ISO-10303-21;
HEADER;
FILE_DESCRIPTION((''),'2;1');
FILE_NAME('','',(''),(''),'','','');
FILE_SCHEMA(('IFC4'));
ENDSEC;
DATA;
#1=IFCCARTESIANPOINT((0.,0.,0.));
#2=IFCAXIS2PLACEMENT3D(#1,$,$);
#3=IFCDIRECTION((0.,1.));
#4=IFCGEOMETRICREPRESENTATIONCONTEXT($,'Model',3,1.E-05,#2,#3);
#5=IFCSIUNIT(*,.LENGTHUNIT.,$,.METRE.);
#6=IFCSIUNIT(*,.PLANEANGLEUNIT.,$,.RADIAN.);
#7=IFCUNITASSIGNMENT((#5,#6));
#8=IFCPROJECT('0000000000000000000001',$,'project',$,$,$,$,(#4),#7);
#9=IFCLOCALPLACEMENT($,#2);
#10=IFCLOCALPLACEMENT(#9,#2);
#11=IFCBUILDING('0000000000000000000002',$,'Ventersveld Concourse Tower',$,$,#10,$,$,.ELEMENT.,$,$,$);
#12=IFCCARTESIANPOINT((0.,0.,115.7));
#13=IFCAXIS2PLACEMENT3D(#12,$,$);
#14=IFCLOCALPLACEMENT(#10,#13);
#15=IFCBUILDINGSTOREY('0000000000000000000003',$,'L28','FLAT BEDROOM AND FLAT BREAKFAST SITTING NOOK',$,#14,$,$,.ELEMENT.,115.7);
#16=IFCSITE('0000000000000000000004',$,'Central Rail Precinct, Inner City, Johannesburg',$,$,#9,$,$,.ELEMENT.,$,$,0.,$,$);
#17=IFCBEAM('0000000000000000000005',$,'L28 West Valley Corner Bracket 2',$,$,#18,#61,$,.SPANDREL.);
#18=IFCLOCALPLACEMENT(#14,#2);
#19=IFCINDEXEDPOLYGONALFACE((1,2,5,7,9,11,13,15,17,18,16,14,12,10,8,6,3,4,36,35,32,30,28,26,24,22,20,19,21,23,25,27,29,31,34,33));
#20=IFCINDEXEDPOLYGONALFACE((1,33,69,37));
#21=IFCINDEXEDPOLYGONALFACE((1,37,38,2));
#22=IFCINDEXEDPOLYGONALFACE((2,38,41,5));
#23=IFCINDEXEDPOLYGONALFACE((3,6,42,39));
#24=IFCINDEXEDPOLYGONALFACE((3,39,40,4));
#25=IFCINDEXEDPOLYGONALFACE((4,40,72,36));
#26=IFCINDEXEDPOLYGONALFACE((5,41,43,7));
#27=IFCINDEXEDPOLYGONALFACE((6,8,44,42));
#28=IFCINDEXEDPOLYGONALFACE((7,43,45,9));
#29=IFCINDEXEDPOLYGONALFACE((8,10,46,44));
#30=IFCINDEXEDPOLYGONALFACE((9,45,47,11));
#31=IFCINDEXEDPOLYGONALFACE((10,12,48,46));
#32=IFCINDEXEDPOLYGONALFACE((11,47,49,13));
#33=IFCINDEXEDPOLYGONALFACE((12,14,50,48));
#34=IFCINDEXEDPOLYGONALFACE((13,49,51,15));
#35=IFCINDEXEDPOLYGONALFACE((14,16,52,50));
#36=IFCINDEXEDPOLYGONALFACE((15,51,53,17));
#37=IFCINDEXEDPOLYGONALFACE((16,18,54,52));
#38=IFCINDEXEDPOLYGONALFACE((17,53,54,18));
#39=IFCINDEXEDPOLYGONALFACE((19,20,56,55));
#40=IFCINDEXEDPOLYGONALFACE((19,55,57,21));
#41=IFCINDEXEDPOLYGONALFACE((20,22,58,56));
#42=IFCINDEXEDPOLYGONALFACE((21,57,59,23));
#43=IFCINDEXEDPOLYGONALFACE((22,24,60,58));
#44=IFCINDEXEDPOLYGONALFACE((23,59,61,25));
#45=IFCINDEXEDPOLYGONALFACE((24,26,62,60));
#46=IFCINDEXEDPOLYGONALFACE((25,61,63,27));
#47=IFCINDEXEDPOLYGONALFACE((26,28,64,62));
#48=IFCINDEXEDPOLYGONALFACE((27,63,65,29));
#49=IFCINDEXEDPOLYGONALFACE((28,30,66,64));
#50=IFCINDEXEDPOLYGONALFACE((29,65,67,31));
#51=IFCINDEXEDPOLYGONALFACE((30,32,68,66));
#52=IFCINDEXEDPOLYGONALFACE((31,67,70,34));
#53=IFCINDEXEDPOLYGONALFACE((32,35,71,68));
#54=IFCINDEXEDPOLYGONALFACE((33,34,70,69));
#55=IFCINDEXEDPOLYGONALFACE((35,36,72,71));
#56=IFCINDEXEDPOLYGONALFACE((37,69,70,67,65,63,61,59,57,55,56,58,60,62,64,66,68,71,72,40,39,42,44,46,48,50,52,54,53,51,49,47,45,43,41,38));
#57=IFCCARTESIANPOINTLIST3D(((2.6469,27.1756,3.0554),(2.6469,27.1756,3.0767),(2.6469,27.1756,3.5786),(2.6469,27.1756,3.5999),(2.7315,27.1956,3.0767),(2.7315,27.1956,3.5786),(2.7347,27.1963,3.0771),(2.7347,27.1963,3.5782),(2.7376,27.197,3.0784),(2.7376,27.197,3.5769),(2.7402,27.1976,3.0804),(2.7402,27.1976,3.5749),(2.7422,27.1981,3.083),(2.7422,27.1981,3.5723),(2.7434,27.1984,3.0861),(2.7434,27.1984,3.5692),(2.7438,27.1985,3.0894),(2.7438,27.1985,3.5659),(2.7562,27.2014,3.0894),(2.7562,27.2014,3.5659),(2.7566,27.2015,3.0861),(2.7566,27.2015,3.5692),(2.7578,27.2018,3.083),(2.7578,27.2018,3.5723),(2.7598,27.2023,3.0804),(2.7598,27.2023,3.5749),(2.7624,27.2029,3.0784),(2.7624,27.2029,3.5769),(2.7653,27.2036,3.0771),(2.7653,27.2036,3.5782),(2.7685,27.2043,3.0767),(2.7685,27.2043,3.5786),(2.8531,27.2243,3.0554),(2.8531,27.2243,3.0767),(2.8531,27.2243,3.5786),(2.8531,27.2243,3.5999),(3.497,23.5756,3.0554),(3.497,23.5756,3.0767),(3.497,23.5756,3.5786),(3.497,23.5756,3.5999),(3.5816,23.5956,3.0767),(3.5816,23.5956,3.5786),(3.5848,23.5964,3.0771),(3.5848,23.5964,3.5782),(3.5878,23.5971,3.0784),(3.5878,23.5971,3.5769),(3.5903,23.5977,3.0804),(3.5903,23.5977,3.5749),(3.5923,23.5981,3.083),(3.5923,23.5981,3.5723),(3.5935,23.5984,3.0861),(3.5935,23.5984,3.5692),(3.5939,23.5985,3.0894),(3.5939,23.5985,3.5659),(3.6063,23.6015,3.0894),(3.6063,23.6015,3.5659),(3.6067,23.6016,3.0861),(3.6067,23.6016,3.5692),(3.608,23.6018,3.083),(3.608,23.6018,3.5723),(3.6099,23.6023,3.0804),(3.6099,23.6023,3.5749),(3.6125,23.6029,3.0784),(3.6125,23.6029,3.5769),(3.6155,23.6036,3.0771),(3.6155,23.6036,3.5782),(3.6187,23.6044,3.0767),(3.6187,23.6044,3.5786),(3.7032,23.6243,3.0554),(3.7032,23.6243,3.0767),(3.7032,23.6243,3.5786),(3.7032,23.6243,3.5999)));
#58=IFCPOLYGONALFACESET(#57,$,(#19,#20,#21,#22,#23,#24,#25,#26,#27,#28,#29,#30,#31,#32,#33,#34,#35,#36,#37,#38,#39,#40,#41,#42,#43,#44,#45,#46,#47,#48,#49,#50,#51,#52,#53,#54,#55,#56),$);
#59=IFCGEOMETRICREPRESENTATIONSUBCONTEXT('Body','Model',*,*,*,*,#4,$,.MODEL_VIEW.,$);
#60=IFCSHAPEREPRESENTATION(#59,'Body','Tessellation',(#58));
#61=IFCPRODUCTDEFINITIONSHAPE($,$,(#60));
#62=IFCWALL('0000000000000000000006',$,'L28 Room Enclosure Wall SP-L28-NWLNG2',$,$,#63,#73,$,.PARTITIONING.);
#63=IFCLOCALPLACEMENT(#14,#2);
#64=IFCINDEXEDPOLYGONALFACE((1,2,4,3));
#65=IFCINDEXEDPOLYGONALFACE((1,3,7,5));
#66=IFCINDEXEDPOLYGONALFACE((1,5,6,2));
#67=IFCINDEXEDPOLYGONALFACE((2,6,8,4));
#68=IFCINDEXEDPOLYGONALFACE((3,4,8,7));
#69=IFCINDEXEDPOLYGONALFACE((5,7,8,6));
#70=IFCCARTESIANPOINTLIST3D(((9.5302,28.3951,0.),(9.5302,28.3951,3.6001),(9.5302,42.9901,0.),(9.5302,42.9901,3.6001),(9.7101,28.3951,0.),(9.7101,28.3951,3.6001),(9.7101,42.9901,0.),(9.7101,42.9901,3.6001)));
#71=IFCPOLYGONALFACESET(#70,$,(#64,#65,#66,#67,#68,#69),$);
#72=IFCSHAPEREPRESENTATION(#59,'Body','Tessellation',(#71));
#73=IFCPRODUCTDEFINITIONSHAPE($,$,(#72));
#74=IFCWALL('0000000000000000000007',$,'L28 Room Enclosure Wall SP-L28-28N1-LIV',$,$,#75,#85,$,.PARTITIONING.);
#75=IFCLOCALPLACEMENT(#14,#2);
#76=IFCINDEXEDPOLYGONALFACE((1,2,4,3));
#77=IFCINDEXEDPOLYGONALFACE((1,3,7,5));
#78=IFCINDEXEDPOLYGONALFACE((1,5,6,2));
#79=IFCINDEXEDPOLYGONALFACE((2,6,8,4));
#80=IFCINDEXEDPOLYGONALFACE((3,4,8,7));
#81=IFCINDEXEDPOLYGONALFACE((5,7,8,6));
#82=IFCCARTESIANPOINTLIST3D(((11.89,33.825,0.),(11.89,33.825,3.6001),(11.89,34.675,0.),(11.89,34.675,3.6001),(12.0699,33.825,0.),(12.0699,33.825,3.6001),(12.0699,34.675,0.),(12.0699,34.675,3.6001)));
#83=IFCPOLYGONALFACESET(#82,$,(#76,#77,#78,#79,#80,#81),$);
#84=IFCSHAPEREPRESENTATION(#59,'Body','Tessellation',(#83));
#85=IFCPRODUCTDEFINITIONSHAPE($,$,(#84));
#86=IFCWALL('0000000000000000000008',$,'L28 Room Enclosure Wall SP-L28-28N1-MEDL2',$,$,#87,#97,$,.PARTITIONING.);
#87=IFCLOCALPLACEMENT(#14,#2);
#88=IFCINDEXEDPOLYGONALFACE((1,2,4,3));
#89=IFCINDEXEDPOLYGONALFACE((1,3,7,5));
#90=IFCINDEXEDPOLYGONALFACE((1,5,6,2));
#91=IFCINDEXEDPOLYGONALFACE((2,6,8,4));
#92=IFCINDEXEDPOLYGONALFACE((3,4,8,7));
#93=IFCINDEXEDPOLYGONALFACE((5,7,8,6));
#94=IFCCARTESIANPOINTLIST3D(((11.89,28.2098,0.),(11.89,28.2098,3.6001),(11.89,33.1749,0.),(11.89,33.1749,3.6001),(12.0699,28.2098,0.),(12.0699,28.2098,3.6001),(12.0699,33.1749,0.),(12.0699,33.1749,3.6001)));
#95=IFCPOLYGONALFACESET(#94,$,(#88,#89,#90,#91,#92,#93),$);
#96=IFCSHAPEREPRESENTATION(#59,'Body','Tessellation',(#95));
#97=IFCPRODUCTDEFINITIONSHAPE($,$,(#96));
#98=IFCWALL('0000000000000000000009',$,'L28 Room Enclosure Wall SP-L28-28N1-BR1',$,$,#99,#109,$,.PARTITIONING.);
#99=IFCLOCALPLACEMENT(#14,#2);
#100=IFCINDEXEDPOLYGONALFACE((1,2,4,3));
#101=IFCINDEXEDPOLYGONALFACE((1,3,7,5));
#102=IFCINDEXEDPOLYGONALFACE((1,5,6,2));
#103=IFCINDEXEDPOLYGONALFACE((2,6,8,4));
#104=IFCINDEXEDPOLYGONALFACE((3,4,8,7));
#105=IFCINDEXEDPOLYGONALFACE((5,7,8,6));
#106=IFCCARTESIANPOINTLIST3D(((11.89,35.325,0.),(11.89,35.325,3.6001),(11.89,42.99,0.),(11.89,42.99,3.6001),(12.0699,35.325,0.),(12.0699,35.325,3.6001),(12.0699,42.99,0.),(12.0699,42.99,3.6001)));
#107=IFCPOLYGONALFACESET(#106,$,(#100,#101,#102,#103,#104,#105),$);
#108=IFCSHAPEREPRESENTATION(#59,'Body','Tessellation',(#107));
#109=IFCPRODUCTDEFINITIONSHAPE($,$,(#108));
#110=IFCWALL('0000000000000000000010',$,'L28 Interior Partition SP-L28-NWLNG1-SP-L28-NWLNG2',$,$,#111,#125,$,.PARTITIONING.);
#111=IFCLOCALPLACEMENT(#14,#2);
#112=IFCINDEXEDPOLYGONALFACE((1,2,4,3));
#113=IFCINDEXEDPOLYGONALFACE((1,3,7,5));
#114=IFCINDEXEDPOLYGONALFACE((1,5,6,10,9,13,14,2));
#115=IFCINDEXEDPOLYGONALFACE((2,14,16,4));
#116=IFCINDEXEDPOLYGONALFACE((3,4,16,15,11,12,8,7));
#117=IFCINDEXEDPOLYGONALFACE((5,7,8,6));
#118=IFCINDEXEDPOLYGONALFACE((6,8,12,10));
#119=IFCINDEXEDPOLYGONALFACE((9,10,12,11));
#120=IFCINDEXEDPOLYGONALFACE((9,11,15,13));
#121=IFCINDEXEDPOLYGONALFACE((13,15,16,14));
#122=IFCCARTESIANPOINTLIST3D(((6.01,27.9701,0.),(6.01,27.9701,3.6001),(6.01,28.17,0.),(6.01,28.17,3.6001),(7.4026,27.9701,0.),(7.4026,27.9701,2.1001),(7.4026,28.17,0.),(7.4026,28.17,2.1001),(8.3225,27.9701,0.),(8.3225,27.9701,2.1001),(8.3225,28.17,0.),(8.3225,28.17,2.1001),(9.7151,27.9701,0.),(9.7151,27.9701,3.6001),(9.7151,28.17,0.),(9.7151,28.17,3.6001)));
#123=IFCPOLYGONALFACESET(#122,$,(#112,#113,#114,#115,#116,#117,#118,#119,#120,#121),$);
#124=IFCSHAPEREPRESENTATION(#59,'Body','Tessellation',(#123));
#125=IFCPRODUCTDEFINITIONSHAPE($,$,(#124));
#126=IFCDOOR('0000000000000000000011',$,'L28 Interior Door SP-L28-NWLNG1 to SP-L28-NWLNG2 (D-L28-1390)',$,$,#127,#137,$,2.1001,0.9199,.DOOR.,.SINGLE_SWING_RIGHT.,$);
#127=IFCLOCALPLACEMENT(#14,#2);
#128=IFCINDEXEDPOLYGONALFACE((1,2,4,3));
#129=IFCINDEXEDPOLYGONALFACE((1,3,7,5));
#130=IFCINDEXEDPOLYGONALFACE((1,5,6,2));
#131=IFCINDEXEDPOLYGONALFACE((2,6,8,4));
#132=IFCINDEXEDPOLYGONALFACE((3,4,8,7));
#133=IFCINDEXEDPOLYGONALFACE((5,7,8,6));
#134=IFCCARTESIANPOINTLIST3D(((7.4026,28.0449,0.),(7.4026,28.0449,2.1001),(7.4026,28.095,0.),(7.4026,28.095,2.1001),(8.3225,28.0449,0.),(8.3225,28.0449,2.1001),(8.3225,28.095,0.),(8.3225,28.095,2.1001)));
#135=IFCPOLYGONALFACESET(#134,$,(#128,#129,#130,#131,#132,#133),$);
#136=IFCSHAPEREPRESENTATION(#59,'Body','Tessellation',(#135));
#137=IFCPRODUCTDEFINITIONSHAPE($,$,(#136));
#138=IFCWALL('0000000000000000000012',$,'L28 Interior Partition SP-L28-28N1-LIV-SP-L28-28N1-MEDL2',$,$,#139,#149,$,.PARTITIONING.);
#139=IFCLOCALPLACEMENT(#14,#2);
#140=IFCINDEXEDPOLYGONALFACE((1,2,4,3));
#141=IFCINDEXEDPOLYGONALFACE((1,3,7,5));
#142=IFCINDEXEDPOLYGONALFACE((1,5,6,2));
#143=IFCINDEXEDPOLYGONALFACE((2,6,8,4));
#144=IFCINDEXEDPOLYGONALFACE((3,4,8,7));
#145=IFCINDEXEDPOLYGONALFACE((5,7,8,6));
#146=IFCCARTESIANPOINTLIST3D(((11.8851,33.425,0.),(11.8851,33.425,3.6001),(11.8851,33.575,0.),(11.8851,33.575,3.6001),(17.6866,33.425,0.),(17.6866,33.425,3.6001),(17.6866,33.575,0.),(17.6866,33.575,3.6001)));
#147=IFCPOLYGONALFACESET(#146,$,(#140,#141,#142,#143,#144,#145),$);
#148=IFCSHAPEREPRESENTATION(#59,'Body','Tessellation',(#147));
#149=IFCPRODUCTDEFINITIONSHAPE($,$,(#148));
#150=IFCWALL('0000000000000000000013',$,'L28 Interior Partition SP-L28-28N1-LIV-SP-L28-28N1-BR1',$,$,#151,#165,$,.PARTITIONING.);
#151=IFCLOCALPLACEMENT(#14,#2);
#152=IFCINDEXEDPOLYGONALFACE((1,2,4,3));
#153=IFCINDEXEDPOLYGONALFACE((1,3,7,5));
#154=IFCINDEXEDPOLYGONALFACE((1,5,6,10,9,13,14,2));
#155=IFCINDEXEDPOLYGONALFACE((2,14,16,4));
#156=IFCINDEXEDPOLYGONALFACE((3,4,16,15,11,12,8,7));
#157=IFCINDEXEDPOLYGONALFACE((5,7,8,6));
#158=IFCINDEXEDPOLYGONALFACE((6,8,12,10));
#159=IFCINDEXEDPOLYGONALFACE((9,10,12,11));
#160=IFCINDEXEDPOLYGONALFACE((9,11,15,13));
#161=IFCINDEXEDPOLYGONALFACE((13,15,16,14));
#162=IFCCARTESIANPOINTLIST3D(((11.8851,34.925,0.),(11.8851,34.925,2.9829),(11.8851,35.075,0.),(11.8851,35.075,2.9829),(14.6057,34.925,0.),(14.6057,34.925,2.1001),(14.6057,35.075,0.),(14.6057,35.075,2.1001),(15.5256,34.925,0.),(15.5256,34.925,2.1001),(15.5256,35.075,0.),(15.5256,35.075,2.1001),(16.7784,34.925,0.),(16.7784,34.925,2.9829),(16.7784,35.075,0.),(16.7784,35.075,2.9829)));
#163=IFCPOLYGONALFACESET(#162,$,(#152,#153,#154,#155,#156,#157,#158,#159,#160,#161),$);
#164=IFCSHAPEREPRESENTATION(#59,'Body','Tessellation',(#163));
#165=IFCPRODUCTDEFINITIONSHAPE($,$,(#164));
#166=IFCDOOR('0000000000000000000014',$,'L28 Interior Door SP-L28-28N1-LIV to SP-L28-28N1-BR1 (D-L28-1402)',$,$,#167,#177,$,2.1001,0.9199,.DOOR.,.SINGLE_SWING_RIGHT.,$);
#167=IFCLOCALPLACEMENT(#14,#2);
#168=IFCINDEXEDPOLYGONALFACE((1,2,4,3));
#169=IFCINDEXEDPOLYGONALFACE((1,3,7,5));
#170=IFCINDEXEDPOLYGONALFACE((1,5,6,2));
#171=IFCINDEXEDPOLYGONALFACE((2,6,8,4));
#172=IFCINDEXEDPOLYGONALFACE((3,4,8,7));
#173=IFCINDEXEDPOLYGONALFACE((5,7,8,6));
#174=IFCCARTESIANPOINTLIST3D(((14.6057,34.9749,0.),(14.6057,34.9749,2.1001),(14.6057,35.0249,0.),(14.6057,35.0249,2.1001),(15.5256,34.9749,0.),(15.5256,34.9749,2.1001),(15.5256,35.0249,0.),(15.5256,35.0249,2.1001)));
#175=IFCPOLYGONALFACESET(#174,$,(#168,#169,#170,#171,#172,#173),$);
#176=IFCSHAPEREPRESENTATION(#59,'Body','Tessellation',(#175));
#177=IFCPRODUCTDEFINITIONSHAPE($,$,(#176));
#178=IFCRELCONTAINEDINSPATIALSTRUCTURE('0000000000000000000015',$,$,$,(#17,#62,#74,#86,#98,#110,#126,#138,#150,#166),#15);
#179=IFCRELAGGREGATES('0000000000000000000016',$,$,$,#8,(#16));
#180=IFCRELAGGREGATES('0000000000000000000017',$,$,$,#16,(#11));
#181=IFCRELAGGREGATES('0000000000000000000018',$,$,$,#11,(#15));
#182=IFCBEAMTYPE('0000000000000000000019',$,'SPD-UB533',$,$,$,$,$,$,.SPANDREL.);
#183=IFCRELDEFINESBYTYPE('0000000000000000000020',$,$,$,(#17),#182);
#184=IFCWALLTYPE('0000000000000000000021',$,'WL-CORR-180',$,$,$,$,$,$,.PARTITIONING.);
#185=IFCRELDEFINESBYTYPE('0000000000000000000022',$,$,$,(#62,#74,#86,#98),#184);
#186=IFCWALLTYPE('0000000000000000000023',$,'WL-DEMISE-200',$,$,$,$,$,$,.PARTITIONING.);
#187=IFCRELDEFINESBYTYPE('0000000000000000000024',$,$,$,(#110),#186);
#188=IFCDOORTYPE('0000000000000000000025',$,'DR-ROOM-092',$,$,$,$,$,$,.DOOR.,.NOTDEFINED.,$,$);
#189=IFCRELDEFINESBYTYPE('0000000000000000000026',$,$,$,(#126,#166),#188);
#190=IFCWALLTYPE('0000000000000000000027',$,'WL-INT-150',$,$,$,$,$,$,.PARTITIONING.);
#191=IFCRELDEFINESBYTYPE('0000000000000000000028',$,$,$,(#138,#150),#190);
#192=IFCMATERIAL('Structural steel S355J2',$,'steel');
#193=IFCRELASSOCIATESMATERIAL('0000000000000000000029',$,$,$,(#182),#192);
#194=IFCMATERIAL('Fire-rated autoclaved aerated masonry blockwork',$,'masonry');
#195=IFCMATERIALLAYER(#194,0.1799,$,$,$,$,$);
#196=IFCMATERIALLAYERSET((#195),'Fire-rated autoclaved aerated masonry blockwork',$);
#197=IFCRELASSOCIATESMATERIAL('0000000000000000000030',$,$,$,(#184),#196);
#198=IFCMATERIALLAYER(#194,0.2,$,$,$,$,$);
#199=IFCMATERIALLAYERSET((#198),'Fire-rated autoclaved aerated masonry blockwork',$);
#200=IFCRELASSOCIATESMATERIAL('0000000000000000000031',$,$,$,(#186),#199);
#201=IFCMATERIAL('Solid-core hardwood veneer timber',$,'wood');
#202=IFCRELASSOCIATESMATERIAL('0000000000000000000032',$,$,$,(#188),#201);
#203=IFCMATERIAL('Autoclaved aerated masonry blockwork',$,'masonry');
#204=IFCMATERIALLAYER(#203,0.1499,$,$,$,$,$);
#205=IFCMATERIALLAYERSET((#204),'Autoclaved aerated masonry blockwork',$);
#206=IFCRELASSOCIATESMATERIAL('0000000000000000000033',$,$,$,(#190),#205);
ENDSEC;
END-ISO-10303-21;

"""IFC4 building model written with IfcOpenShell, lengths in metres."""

from ifc_helpers import new_model, si_unit, direction, frame, frame_2d, origin, origin_2d, place, context, subcontext, project, spatial, rectangle, i_section, extrude, material, layer, layer_set, material_profile, profile_set, type_object, element, fill, save


model = new_model("IFC4")

# Units and contexts
model_context = context("Model", 3, precision=1e-05, world=origin(), true_north=direction((0.0, 1.0)))
body_context = subcontext(model_context, "Body", "Model", "MODEL_VIEW")
ifc_project = project(units=[si_unit("LENGTHUNIT", "METRE"), si_unit("PLANEANGLEUNIT", "RADIAN")], contexts=[model_context])

# Site, building, storey
site_placement = place(None, origin())
site = spatial("IfcSite", under=ifc_project, at=site_placement, Name="Central Rail Precinct, Inner City, Johannesburg", CompositionType="ELEMENT", RefElevation=0.0)
building_placement = place(site_placement, origin())
building = spatial("IfcBuilding", under=site, at=building_placement, Name="Ventersveld Concourse Tower", CompositionType="ELEMENT")
storey_placement = place(building_placement, frame((0.0, 0.0, 115.7)))
storey = spatial("IfcBuildingStorey", under=building, at=storey_placement, Name="L28", Description="FLAT BEDROOM AND FLAT BREAKFAST SITTING NOOK", CompositionType="ELEMENT", Elevation=115.7)

# Beam
ifc_material_1 = material(Name="Structural steel S355J2", Category="steel")
ifc_material_profile_1 = material_profile(ifc_material_1, i_section(OverallWidth=0.2119, OverallDepth=0.5444, WebThickness=0.0127, FlangeThickness=0.0212, FilletRadius=0.0127, at=origin_2d()), Name="UB 533x210x122")
ifc_profile_set_1 = profile_set([ifc_material_profile_1], Name="Structural steel S355J2")
beam_type_1 = type_object("IfcBeamType", Name="SPD-UB533", PredefinedType="SPANDREL", material=ifc_profile_set_1)
beam_1_placement = place(storey_placement, frame((2.75, 27.2, 3.3276), z_axis=(0.229827, -0.973232, 0.0), x_axis=(0.973232, 0.229827, 0.0)))
element("IfcBeam", 1, at=beam_1_placement, inside=storey, type_object=beam_type_1, Name="L28 West Valley Corner Bracket 2", PredefinedType="SPANDREL", context=body_context, shape_type="SweptSolid", body=[
    extrude(i_section(OverallWidth=0.2119, OverallDepth=0.5444, WebThickness=0.0127, FlangeThickness=0.0212, FilletRadius=0.0127, at=origin_2d()), origin(), (0.0, 0.0, 1.0), 3.699),
])

# Walls
ifc_material_2 = material(Name="Fire-rated autoclaved aerated masonry blockwork", Category="masonry")
ifc_layer_1 = layer(ifc_material_2, 0.1799)
ifc_layer_set_1 = layer_set([ifc_layer_1], Name="Fire-rated autoclaved aerated masonry blockwork")
wall_type_1 = type_object("IfcWallType", Name="WL-CORR-180", PredefinedType="PARTITIONING", material=ifc_layer_set_1)
wall_1_placement = place(storey_placement, frame((9.6201, 42.99, 0.0), z_axis=(0.0, 0.0, 1.0), x_axis=(0.0, -1.0, 0.0)))
element("IfcWall", 2, at=wall_1_placement, inside=storey, type_object=wall_type_1, Name="L28 Room Enclosure Wall SP-L28-NWLNG2", PredefinedType="PARTITIONING", context=body_context, shape_type="SweptSolid", body=[
    extrude(rectangle(XDim=14.595, YDim=0.1799, at=frame_2d((7.2974, 0.0))), origin(), (0.0, 0.0, 1.0), 3.6001),
])
wall_2_placement = place(storey_placement, frame((11.98, 33.825, 0.0), z_axis=(0.0, 0.0, 1.0), x_axis=(0.0, 1.0, 0.0)))
element("IfcWall", 3, at=wall_2_placement, inside=storey, type_object=wall_type_1, Name="L28 Room Enclosure Wall SP-L28-28N1-LIV", PredefinedType="PARTITIONING", context=body_context, shape_type="SweptSolid", body=[
    extrude(rectangle(XDim=0.8501, YDim=0.1799, at=frame_2d((0.425, 0.0))), origin(), (0.0, 0.0, 1.0), 3.6001),
])
wall_3_placement = place(storey_placement, frame((11.98, 28.21, 0.0), z_axis=(0.0, 0.0, 1.0), x_axis=(0.0, 1.0, 0.0)))
element("IfcWall", 4, at=wall_3_placement, inside=storey, type_object=wall_type_1, Name="L28 Room Enclosure Wall SP-L28-28N1-MEDL2", PredefinedType="PARTITIONING", context=body_context, shape_type="SweptSolid", body=[
    extrude(rectangle(XDim=4.9651, YDim=0.1799, at=frame_2d((2.4824, 0.0))), origin(), (0.0, 0.0, 1.0), 3.6001),
])
wall_4_placement = place(storey_placement, frame((11.98, 35.325, 0.0), z_axis=(0.0, 0.0, 1.0), x_axis=(0.0, 1.0, 0.0)))
element("IfcWall", 5, at=wall_4_placement, inside=storey, type_object=wall_type_1, Name="L28 Room Enclosure Wall SP-L28-28N1-BR1", PredefinedType="PARTITIONING", context=body_context, shape_type="SweptSolid", body=[
    extrude(rectangle(XDim=7.665, YDim=0.1799, at=frame_2d((3.8325, 0.0))), origin(), (0.0, 0.0, 1.0), 3.6001),
])

# Wall, opening, door
ifc_layer_2 = layer(ifc_material_2, 0.2)
ifc_layer_set_2 = layer_set([ifc_layer_2], Name="Fire-rated autoclaved aerated masonry blockwork")
wall_type_2 = type_object("IfcWallType", Name="WL-DEMISE-200", PredefinedType="PARTITIONING", material=ifc_layer_set_2)
wall_5_placement = place(storey_placement, frame((6.01, 28.0701, 0.0), z_axis=(0.0, 0.0, 1.0), x_axis=(1.0, 0.0, 0.0)))
wall_5 = element("IfcWall", 6, at=wall_5_placement, inside=storey, type_object=wall_type_2, Name="L28 Interior Partition SP-L28-NWLNG1-SP-L28-NWLNG2", PredefinedType="PARTITIONING", context=body_context, shape_type="SweptSolid", body=[
    extrude(rectangle(XDim=3.7051, YDim=0.2, at=frame_2d((1.8525, 0.0))), origin(), (0.0, 0.0, 1.0), 3.6001),
])
opening_1_placement = place(wall_5_placement, frame((1.3926, 0.0, 0.0)))
opening_1 = element("IfcOpeningElement", 7, at=opening_1_placement, cuts=wall_5, PredefinedType="OPENING", context=body_context, shape_type="SweptSolid", body=[
    extrude(rectangle(XDim=0.9199, YDim=2.1001, at=frame_2d((0.46, 1.05))), frame((0.0, 0.1099, 0.0), z_axis=(0.0, -1.0, 0.0), x_axis=(1.0, 0.0, 0.0)), (0.0, 0.0, 1.0), 0.22),
])
ifc_material_3 = material(Name="Solid-core hardwood veneer timber", Category="wood")
door_type_1 = type_object("IfcDoorType", Name="DR-ROOM-092", OperationType="NOTDEFINED", PredefinedType="DOOR", material=ifc_material_3)
door_1_placement = place(opening_1_placement, origin())
door_1 = element("IfcDoor", 8, at=door_1_placement, inside=storey, type_object=door_type_1, Name="L28 Interior Door SP-L28-NWLNG1 to SP-L28-NWLNG2 (D-L28-1390)", OperationType="SINGLE_SWING_RIGHT", OverallHeight=2.1001, OverallWidth=0.9199, PredefinedType="DOOR", context=body_context, shape_type="SweptSolid", body=[
    extrude(rectangle(XDim=0.9199, YDim=2.1001, at=frame_2d((0.46, 1.05))), frame((0.0, 0.0249, 0.0), z_axis=(0.0, -1.0, 0.0), x_axis=(1.0, 0.0, 0.0)), (0.0, 0.0, 1.0), 0.05),
])
fill(opening_1, door_1)

# Wall
ifc_material_4 = material(Name="Autoclaved aerated masonry blockwork", Category="masonry")
ifc_layer_3 = layer(ifc_material_4, 0.1499)
ifc_layer_set_3 = layer_set([ifc_layer_3], Name="Autoclaved aerated masonry blockwork")
wall_type_3 = type_object("IfcWallType", Name="WL-INT-150", PredefinedType="PARTITIONING", material=ifc_layer_set_3)
wall_6_placement = place(storey_placement, frame((11.885, 33.5, 0.0), z_axis=(0.0, 0.0, 1.0), x_axis=(1.0, 0.0, 0.0)))
element("IfcWall", 9, at=wall_6_placement, inside=storey, type_object=wall_type_3, Name="L28 Interior Partition SP-L28-28N1-LIV-SP-L28-28N1-MEDL2", PredefinedType="PARTITIONING", context=body_context, shape_type="SweptSolid", body=[
    extrude(rectangle(XDim=5.8015, YDim=0.1499, at=frame_2d((2.9009, 0.0))), origin(), (0.0, 0.0, 1.0), 3.6001),
])

# Wall, opening, door
wall_7_placement = place(storey_placement, frame((11.885, 35.0, 0.0), z_axis=(0.0, 0.0, 1.0), x_axis=(1.0, 0.0, 0.0)))
wall_7 = element("IfcWall", 10, at=wall_7_placement, inside=storey, type_object=wall_type_3, Name="L28 Interior Partition SP-L28-28N1-LIV-SP-L28-28N1-BR1", PredefinedType="PARTITIONING", context=body_context, shape_type="SweptSolid", body=[
    extrude(rectangle(XDim=4.8933, YDim=0.1499, at=frame_2d((2.4468, 0.0))), origin(), (0.0, 0.0, 1.0), 2.9829),
])
opening_2_placement = place(wall_7_placement, frame((2.7207, 0.0, 0.0)))
opening_2 = element("IfcOpeningElement", 11, at=opening_2_placement, cuts=wall_7, PredefinedType="OPENING", context=body_context, shape_type="SweptSolid", body=[
    extrude(rectangle(XDim=0.9199, YDim=2.1001, at=frame_2d((0.46, 1.05))), frame((0.0, 0.085, 0.0), z_axis=(0.0, -1.0, 0.0), x_axis=(1.0, 0.0, 0.0)), (0.0, 0.0, 1.0), 0.1699),
])
door_2_placement = place(opening_2_placement, origin())
door_2 = element("IfcDoor", 12, at=door_2_placement, inside=storey, type_object=door_type_1, Name="L28 Interior Door SP-L28-28N1-LIV to SP-L28-28N1-BR1 (D-L28-1402)", OperationType="SINGLE_SWING_RIGHT", OverallHeight=2.1001, OverallWidth=0.9199, PredefinedType="DOOR", context=body_context, shape_type="SweptSolid", body=[
    extrude(rectangle(XDim=0.9199, YDim=2.1001, at=frame_2d((0.46, 1.05))), frame((0.0, 0.0249, 0.0), z_axis=(0.0, -1.0, 0.0), x_axis=(1.0, 0.0, 0.0)), (0.0, 0.0, 1.0), 0.05),
])
fill(opening_2, door_2)

save(model, "model.ifc")
